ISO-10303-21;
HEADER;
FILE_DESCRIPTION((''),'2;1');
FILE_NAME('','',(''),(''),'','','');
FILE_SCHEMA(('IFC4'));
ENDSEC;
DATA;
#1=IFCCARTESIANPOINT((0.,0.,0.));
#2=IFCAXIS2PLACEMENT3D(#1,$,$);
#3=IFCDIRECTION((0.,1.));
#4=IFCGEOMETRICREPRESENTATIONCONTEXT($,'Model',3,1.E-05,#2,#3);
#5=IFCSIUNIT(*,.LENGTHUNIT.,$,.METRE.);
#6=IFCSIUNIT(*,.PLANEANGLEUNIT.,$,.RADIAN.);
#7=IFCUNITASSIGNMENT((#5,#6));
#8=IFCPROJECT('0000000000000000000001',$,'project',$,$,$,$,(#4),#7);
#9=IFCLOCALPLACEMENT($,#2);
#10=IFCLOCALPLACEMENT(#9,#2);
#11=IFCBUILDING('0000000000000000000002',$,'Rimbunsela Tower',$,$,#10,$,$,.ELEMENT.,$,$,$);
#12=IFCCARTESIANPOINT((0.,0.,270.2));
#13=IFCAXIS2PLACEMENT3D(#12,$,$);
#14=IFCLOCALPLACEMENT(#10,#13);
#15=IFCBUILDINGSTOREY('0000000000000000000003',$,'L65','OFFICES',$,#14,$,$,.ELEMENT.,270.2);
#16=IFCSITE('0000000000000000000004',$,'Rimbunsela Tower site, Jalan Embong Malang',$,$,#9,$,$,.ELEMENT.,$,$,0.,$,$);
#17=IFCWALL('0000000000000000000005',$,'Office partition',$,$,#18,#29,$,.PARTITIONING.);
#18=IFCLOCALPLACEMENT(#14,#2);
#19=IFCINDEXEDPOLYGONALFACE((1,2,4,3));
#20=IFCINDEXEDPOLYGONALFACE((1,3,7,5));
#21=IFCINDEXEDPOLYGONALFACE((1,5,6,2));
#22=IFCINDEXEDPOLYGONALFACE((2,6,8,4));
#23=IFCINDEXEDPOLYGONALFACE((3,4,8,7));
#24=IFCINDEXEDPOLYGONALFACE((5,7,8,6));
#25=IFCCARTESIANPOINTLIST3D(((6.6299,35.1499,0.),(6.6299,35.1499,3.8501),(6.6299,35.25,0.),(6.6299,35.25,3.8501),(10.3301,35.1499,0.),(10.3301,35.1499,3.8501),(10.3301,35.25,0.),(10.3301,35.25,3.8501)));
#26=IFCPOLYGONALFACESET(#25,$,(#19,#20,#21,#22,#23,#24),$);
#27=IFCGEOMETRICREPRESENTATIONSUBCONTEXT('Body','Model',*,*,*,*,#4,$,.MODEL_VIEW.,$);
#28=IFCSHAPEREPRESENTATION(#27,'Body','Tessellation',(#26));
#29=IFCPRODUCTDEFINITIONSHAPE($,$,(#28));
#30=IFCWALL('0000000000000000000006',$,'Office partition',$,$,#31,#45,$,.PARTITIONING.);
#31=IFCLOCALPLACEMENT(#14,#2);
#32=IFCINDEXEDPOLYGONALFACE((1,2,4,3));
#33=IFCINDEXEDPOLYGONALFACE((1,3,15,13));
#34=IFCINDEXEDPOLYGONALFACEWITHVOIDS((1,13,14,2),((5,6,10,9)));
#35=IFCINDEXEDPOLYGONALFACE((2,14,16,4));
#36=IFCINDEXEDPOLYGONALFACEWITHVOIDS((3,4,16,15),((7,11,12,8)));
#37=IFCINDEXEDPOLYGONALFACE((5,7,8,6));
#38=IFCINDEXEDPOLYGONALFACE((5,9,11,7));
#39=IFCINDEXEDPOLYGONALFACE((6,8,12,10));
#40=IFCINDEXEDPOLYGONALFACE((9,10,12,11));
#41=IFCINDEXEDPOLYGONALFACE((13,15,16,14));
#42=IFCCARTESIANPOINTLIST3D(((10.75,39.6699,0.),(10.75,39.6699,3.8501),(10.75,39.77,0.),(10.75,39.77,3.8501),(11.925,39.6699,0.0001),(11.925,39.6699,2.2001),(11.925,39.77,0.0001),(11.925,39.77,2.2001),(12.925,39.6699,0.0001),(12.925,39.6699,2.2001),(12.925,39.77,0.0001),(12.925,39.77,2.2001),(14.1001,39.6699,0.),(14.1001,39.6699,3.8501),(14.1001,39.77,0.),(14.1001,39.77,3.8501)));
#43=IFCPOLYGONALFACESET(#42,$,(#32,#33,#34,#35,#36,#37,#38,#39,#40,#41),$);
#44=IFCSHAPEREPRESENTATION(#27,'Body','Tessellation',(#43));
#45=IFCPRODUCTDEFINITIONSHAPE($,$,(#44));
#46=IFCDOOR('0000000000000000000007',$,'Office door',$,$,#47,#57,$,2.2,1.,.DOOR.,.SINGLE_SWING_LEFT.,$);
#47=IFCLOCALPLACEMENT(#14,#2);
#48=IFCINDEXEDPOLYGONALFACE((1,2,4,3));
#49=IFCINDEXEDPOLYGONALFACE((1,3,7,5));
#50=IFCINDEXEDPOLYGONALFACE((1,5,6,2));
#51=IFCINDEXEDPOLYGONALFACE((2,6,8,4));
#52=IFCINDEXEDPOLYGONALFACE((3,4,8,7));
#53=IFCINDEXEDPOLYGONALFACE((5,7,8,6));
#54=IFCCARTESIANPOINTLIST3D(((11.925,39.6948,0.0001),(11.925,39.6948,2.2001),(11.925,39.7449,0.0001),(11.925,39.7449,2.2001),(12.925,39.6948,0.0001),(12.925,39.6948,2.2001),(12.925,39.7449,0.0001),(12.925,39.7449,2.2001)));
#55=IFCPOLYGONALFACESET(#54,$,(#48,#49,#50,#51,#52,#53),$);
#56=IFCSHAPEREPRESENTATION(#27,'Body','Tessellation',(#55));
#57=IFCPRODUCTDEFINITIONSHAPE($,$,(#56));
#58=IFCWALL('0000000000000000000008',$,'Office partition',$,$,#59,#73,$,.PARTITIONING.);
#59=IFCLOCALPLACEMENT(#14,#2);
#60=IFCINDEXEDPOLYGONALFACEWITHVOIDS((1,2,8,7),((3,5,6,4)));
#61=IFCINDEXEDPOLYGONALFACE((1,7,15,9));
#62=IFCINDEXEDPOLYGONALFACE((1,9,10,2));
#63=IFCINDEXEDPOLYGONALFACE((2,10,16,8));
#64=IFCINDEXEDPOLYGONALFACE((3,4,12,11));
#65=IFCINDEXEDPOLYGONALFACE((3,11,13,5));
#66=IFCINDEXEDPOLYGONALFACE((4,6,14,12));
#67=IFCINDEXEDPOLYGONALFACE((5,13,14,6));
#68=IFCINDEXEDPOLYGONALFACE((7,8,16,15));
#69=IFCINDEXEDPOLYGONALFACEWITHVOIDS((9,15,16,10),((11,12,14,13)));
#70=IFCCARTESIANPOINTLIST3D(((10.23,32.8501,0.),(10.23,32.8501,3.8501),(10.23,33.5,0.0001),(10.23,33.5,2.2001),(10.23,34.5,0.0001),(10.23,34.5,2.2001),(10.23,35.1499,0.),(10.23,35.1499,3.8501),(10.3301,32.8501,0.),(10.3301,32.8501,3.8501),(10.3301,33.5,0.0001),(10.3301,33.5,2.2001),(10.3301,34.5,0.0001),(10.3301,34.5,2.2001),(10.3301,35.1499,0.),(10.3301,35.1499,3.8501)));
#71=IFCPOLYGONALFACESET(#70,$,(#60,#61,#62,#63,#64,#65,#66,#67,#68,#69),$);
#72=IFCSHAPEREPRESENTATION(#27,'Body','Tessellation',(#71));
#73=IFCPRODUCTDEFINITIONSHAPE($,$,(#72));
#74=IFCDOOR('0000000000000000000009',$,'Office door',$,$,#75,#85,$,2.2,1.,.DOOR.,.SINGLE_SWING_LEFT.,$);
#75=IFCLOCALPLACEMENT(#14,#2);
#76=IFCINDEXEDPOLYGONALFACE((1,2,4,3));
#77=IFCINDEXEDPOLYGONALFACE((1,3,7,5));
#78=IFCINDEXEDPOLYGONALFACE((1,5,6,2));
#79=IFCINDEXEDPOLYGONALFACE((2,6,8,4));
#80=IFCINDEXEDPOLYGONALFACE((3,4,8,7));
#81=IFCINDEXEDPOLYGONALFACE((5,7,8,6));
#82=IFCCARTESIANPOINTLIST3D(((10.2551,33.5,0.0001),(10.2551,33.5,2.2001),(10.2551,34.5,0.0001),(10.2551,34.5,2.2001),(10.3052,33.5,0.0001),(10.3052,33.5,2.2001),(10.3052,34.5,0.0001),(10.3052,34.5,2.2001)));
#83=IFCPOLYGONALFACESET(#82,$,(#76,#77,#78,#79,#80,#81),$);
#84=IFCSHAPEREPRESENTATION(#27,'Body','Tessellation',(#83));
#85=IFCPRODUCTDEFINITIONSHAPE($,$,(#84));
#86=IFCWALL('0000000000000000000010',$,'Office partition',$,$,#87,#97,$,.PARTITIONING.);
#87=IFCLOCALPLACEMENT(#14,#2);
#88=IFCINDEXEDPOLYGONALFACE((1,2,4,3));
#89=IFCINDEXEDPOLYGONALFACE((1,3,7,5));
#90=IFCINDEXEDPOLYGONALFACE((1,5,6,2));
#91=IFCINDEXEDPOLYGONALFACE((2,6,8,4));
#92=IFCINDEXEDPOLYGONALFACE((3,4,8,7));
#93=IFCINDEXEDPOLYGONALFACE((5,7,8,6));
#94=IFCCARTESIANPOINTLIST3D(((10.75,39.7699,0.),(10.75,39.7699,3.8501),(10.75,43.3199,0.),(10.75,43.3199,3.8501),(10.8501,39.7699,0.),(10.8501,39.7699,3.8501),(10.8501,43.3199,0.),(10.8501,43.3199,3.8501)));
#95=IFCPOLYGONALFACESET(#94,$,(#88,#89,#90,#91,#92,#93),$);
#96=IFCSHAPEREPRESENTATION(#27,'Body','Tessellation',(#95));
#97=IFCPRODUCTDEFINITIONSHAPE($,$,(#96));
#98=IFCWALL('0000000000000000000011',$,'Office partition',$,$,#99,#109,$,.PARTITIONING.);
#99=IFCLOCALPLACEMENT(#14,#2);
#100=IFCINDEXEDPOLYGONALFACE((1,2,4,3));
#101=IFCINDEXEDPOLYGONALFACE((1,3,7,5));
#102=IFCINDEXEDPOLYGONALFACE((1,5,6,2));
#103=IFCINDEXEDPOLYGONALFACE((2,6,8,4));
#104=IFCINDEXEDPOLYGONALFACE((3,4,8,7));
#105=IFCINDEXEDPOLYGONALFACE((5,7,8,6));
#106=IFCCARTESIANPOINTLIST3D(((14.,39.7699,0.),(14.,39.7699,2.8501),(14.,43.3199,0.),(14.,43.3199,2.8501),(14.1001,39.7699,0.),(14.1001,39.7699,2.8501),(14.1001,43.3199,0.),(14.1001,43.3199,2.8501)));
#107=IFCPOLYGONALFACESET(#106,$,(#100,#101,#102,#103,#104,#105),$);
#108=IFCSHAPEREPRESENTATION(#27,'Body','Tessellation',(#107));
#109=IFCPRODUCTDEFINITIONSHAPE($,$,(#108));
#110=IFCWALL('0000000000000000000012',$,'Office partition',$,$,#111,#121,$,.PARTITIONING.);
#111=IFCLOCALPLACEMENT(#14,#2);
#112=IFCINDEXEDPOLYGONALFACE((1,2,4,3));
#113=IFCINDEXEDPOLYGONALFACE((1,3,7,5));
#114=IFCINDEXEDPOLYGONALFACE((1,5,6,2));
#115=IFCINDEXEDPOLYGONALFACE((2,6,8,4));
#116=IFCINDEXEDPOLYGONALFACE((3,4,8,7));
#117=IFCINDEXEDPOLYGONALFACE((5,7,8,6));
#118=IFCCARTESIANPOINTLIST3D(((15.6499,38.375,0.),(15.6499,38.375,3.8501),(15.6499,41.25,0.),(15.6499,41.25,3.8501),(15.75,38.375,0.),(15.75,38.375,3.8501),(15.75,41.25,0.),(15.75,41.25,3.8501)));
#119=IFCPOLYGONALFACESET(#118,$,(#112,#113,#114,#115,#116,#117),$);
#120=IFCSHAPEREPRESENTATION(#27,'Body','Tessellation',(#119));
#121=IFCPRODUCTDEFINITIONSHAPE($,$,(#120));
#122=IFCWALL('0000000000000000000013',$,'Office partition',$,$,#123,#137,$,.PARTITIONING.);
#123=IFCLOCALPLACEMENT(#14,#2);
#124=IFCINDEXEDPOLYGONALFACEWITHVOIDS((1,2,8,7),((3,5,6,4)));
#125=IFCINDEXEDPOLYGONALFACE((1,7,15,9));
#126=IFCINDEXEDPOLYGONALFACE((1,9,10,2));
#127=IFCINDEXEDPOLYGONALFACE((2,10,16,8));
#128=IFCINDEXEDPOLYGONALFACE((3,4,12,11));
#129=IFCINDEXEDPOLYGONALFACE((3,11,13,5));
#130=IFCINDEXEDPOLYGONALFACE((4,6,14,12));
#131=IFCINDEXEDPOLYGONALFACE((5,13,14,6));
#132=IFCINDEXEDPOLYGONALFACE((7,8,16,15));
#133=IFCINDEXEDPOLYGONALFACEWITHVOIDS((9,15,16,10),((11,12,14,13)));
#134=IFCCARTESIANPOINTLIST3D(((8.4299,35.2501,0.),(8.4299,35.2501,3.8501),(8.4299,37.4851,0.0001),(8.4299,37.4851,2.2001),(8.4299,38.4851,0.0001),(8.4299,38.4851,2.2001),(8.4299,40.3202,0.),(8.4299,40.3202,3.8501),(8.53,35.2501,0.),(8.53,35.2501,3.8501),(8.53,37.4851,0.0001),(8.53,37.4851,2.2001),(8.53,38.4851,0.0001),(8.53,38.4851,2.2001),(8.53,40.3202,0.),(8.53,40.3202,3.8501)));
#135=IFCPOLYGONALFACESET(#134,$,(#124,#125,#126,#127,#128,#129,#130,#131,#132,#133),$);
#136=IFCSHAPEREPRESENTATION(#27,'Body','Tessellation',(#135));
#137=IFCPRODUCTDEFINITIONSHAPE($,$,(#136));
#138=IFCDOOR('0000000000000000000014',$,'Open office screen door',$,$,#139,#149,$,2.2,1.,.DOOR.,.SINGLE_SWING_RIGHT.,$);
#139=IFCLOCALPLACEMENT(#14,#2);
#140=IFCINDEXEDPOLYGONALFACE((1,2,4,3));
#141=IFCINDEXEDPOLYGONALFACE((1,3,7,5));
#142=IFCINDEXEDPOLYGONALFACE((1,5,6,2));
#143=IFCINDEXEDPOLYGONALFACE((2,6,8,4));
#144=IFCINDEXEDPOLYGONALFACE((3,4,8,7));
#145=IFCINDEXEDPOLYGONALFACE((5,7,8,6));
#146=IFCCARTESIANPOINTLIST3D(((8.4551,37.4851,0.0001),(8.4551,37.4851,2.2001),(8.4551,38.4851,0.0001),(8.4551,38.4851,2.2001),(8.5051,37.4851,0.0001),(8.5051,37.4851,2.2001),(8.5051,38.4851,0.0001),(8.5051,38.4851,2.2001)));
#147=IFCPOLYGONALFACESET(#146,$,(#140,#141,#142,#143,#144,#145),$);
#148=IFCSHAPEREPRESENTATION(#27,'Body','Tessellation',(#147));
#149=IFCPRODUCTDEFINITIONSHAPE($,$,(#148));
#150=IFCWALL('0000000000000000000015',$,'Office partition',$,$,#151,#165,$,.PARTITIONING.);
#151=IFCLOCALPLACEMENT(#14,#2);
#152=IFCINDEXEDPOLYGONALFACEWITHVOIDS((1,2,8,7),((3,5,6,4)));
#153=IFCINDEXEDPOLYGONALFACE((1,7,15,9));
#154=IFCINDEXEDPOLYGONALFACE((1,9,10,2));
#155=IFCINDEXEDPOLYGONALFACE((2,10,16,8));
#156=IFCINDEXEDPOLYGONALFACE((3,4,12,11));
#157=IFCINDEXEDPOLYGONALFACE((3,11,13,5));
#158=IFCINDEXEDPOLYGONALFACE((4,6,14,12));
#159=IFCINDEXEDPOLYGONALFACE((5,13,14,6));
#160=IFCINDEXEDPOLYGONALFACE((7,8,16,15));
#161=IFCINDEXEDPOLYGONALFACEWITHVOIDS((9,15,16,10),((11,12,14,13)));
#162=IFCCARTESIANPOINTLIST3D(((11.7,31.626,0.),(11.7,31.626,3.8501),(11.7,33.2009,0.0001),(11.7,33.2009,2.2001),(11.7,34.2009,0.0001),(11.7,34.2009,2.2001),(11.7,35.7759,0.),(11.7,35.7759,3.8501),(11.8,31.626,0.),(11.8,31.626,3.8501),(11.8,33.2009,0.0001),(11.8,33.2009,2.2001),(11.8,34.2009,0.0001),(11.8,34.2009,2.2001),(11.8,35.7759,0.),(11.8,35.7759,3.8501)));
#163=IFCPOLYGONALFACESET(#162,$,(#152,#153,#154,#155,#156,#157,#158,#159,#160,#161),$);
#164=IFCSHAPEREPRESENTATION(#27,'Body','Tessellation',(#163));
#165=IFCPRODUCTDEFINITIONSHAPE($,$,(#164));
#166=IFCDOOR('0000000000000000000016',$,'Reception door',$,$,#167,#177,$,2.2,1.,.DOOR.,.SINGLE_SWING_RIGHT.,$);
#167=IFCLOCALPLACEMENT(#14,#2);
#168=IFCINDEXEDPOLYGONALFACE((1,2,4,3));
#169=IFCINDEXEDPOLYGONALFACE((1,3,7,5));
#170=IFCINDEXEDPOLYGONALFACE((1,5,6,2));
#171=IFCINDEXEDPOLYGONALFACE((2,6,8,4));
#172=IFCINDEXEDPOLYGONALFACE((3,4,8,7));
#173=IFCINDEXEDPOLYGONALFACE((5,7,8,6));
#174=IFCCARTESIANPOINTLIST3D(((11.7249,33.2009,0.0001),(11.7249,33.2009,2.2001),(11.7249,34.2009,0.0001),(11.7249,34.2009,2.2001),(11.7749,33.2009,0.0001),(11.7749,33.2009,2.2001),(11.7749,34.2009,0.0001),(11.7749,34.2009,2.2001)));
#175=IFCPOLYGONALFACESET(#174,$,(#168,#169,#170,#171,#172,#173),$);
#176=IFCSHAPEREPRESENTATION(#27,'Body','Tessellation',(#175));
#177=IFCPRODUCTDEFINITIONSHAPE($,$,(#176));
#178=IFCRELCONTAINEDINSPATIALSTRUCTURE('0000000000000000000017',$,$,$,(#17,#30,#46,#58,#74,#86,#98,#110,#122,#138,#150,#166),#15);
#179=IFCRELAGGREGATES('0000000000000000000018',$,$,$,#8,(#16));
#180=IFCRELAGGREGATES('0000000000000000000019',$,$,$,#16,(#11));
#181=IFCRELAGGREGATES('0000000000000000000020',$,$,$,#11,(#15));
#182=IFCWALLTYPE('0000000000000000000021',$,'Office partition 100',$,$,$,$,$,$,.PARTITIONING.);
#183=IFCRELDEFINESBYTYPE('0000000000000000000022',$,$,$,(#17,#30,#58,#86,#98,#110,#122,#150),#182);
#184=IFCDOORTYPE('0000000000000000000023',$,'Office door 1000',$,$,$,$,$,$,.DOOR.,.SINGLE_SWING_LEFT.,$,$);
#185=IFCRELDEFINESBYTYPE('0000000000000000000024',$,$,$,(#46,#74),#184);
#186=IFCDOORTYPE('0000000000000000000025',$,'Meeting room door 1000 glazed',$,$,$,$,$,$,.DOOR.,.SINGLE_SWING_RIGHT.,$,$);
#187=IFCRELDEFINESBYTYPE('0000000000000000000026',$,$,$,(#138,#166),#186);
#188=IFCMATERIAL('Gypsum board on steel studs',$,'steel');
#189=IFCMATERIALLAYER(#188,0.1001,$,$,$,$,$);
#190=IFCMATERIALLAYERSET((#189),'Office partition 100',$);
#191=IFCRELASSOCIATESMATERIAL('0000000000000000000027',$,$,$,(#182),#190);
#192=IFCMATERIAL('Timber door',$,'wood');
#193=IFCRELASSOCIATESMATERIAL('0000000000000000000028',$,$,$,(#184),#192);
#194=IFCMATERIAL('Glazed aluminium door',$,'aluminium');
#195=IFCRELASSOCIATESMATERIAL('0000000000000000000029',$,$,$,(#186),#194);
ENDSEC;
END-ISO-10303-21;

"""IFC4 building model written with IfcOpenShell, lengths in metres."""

from ifc_helpers import new_model, si_unit, direction, frame, frame_2d, origin, place, context, subcontext, project, spatial, rectangle, extrude, material, layer, layer_set, type_object, element, fill, save


model = new_model("IFC4")

# Units and contexts
model_context = context("Model", 3, precision=1e-05, world=origin(), true_north=direction((0.0, 1.0)))
body_context = subcontext(model_context, "Body", "Model", "MODEL_VIEW")
ifc_project = project(units=[si_unit("LENGTHUNIT", "METRE"), si_unit("PLANEANGLEUNIT", "RADIAN")], contexts=[model_context])

# Site, building, storey
site_placement = place(None, origin())
site = spatial("IfcSite", under=ifc_project, at=site_placement, Name="Rimbunsela Tower site, Jalan Embong Malang", CompositionType="ELEMENT", RefElevation=0.0)
building_placement = place(site_placement, origin())
building = spatial("IfcBuilding", under=site, at=building_placement, Name="Rimbunsela Tower", CompositionType="ELEMENT")
storey_placement = place(building_placement, frame((0.0, 0.0, 270.2)))
storey = spatial("IfcBuildingStorey", under=building, at=storey_placement, Name="L65", Description="OFFICES", CompositionType="ELEMENT", Elevation=270.2)

# Wall
ifc_material_1 = material(Name="Gypsum board on steel studs", Category="steel")
ifc_layer = layer(ifc_material_1, 0.1001)
ifc_layer_set = layer_set([ifc_layer], Name="Office partition 100")
wall_type = type_object("IfcWallType", Name="Office partition 100", PredefinedType="PARTITIONING", material=ifc_layer_set)
wall_1_placement = place(storey_placement, frame((6.6299, 35.2, 0.0), z_axis=(0.0, 0.0, 1.0), x_axis=(1.0, 0.0, 0.0)))
element("IfcWall", 1, at=wall_1_placement, inside=storey, type_object=wall_type, Name="Office partition", PredefinedType="PARTITIONING", context=body_context, shape_type="SweptSolid", body=[
    extrude(rectangle(XDim=3.7002, YDim=0.1001, at=frame_2d((1.8501, 0.0))), origin(), (0.0, 0.0, 1.0), 3.8501),
])

# Walls, openings, doors
wall_2_placement = place(storey_placement, frame((10.75, 39.72, 0.0), z_axis=(0.0, 0.0, 1.0), x_axis=(1.0, 0.0, 0.0)))
wall_2 = element("IfcWall", 2, at=wall_2_placement, inside=storey, type_object=wall_type, Name="Office partition", PredefinedType="PARTITIONING", context=body_context, shape_type="SweptSolid", body=[
    extrude(rectangle(XDim=3.3501, YDim=0.1001, at=frame_2d((1.675, 0.0))), origin(), (0.0, 0.0, 1.0), 3.8501),
])
opening_1_placement = place(wall_2_placement, frame((1.175, 0.0, 0.0)))
opening_1 = element("IfcOpeningElement", 3, at=opening_1_placement, cuts=wall_2, PredefinedType="OPENING", context=body_context, shape_type="SweptSolid", body=[
    extrude(rectangle(XDim=1.0, YDim=2.2, at=frame_2d((0.5, 1.1001))), frame((0.0, 0.0601, 0.0), z_axis=(0.0, -1.0, 0.0), x_axis=(1.0, 0.0, 0.0)), (0.0, 0.0, 1.0), 0.1201),
])
ifc_material_2 = material(Name="Timber door", Category="wood")
door_type_1 = type_object("IfcDoorType", Name="Office door 1000", OperationType="SINGLE_SWING_LEFT", PredefinedType="DOOR", material=ifc_material_2)
door_1_placement = place(opening_1_placement, origin())
door_1 = element("IfcDoor", 4, at=door_1_placement, inside=storey, type_object=door_type_1, Name="Office door", OperationType="SINGLE_SWING_LEFT", OverallHeight=2.2, OverallWidth=1.0, PredefinedType="DOOR", context=body_context, shape_type="SweptSolid", body=[
    extrude(rectangle(XDim=1.0, YDim=2.2, at=frame_2d((0.5, 1.1001))), frame((0.0, 0.0249, 0.0), z_axis=(0.0, -1.0, 0.0), x_axis=(1.0, 0.0, 0.0)), (0.0, 0.0, 1.0), 0.05),
])
fill(opening_1, door_1)
wall_3_placement = place(storey_placement, frame((10.28, 32.8501, 0.0), z_axis=(0.0, 0.0, 1.0), x_axis=(0.0, 1.0, 0.0)))
wall_3 = element("IfcWall", 5, at=wall_3_placement, inside=storey, type_object=wall_type, Name="Office partition", PredefinedType="PARTITIONING", context=body_context, shape_type="SweptSolid", body=[
    extrude(rectangle(XDim=2.2998, YDim=0.1001, at=frame_2d((1.1499, 0.0))), origin(), (0.0, 0.0, 1.0), 3.8501),
])
opening_2_placement = place(wall_3_placement, frame((0.6499, 0.0, 0.0)))
opening_2 = element("IfcOpeningElement", 6, at=opening_2_placement, cuts=wall_3, PredefinedType="OPENING", context=body_context, shape_type="SweptSolid", body=[
    extrude(rectangle(XDim=1.0, YDim=2.2, at=frame_2d((0.5, 1.1001))), frame((0.0, 0.0601, 0.0), z_axis=(0.0, -1.0, 0.0), x_axis=(1.0, 0.0, 0.0)), (0.0, 0.0, 1.0), 0.1201),
])
door_2_placement = place(opening_2_placement, origin())
door_2 = element("IfcDoor", 7, at=door_2_placement, inside=storey, type_object=door_type_1, Name="Office door", OperationType="SINGLE_SWING_LEFT", OverallHeight=2.2, OverallWidth=1.0, PredefinedType="DOOR", context=body_context, shape_type="SweptSolid", body=[
    extrude(rectangle(XDim=1.0, YDim=2.2, at=frame_2d((0.5, 1.1001))), frame((0.0, 0.0249, 0.0), z_axis=(0.0, -1.0, 0.0), x_axis=(1.0, 0.0, 0.0)), (0.0, 0.0, 1.0), 0.05),
])
fill(opening_2, door_2)

# Walls
wall_4_placement = place(storey_placement, frame((10.8, 39.77, 0.0), z_axis=(0.0, 0.0, 1.0), x_axis=(0.0, 1.0, 0.0)))
element("IfcWall", 8, at=wall_4_placement, inside=storey, type_object=wall_type, Name="Office partition", PredefinedType="PARTITIONING", context=body_context, shape_type="SweptSolid", body=[
    extrude(rectangle(XDim=3.55, YDim=0.1001, at=frame_2d((1.7749, 0.0))), origin(), (0.0, 0.0, 1.0), 3.8501),
])
wall_5_placement = place(storey_placement, frame((14.05, 39.77, 0.0), z_axis=(0.0, 0.0, 1.0), x_axis=(0.0, 1.0, 0.0)))
element("IfcWall", 9, at=wall_5_placement, inside=storey, type_object=wall_type, Name="Office partition", PredefinedType="PARTITIONING", context=body_context, shape_type="SweptSolid", body=[
    extrude(rectangle(XDim=3.55, YDim=0.1001, at=frame_2d((1.7749, 0.0))), origin(), (0.0, 0.0, 1.0), 2.8501),
])
wall_6_placement = place(storey_placement, frame((15.7, 38.375, 0.0), z_axis=(0.0, 0.0, 1.0), x_axis=(0.0, 1.0, 0.0)))
element("IfcWall", 10, at=wall_6_placement, inside=storey, type_object=wall_type, Name="Office partition", PredefinedType="PARTITIONING", context=body_context, shape_type="SweptSolid", body=[
    extrude(rectangle(XDim=2.875, YDim=0.1001, at=frame_2d((1.4375, 0.0))), origin(), (0.0, 0.0, 1.0), 3.8501),
])

# Walls, openings, doors
wall_7_placement = place(storey_placement, frame((8.48, 35.25, 0.0), z_axis=(0.0, 0.0, 1.0), x_axis=(0.0, 1.0, 0.0)))
wall_7 = element("IfcWall", 11, at=wall_7_placement, inside=storey, type_object=wall_type, Name="Office partition", PredefinedType="PARTITIONING", context=body_context, shape_type="SweptSolid", body=[
    extrude(rectangle(XDim=5.0701, YDim=0.1001, at=frame_2d((2.5352, 0.0))), origin(), (0.0, 0.0, 1.0), 3.8501),
])
opening_3_placement = place(wall_7_placement, frame((2.2351, 0.0, 0.0)))
opening_3 = element("IfcOpeningElement", 12, at=opening_3_placement, cuts=wall_7, PredefinedType="OPENING", context=body_context, shape_type="SweptSolid", body=[
    extrude(rectangle(XDim=1.0, YDim=2.2, at=frame_2d((0.5, 1.1001))), frame((0.0, 0.0601, 0.0), z_axis=(0.0, -1.0, 0.0), x_axis=(1.0, 0.0, 0.0)), (0.0, 0.0, 1.0), 0.1201),
])
ifc_material_3 = material(Name="Glazed aluminium door", Category="aluminium")
door_type_2 = type_object("IfcDoorType", Name="Meeting room door 1000 glazed", OperationType="SINGLE_SWING_RIGHT", PredefinedType="DOOR", material=ifc_material_3)
door_3_placement = place(opening_3_placement, origin())
door_3 = element("IfcDoor", 13, at=door_3_placement, inside=storey, type_object=door_type_2, Name="Open office screen door", OperationType="SINGLE_SWING_RIGHT", OverallHeight=2.2, OverallWidth=1.0, PredefinedType="DOOR", context=body_context, shape_type="SweptSolid", body=[
    extrude(rectangle(XDim=1.0, YDim=2.2, at=frame_2d((0.5, 1.1001))), frame((0.0, 0.0249, 0.0), z_axis=(0.0, -1.0, 0.0), x_axis=(1.0, 0.0, 0.0)), (0.0, 0.0, 1.0), 0.05),
])
fill(opening_3, door_3)
wall_8_placement = place(storey_placement, frame((11.75, 35.7759, 0.0), z_axis=(0.0, 0.0, 1.0), x_axis=(0.0, -1.0, 0.0)))
wall_8 = element("IfcWall", 14, at=wall_8_placement, inside=storey, type_object=wall_type, Name="Office partition", PredefinedType="PARTITIONING", context=body_context, shape_type="SweptSolid", body=[
    extrude(rectangle(XDim=4.1499, YDim=0.1001, at=frame_2d((2.075, 0.0))), origin(), (0.0, 0.0, 1.0), 3.8501),
])
opening_4_placement = place(wall_8_placement, frame((1.575, 0.0, 0.0)))
opening_4 = element("IfcOpeningElement", 15, at=opening_4_placement, cuts=wall_8, PredefinedType="OPENING", context=body_context, shape_type="SweptSolid", body=[
    extrude(rectangle(XDim=1.0, YDim=2.2, at=frame_2d((0.5, 1.1001))), frame((0.0, 0.0601, 0.0), z_axis=(0.0, -1.0, 0.0), x_axis=(1.0, 0.0, 0.0)), (0.0, 0.0, 1.0), 0.1201),
])
door_4_placement = place(opening_4_placement, origin())
door_4 = element("IfcDoor", 16, at=door_4_placement, inside=storey, type_object=door_type_2, Name="Reception door", OperationType="SINGLE_SWING_RIGHT", OverallHeight=2.2, OverallWidth=1.0, PredefinedType="DOOR", context=body_context, shape_type="SweptSolid", body=[
    extrude(rectangle(XDim=1.0, YDim=2.2, at=frame_2d((0.5, 1.1001))), frame((0.0, 0.0249, 0.0), z_axis=(0.0, -1.0, 0.0), x_axis=(1.0, 0.0, 0.0)), (0.0, 0.0, 1.0), 0.05),
])
fill(opening_4, door_4)

save(model, "model.ifc")
